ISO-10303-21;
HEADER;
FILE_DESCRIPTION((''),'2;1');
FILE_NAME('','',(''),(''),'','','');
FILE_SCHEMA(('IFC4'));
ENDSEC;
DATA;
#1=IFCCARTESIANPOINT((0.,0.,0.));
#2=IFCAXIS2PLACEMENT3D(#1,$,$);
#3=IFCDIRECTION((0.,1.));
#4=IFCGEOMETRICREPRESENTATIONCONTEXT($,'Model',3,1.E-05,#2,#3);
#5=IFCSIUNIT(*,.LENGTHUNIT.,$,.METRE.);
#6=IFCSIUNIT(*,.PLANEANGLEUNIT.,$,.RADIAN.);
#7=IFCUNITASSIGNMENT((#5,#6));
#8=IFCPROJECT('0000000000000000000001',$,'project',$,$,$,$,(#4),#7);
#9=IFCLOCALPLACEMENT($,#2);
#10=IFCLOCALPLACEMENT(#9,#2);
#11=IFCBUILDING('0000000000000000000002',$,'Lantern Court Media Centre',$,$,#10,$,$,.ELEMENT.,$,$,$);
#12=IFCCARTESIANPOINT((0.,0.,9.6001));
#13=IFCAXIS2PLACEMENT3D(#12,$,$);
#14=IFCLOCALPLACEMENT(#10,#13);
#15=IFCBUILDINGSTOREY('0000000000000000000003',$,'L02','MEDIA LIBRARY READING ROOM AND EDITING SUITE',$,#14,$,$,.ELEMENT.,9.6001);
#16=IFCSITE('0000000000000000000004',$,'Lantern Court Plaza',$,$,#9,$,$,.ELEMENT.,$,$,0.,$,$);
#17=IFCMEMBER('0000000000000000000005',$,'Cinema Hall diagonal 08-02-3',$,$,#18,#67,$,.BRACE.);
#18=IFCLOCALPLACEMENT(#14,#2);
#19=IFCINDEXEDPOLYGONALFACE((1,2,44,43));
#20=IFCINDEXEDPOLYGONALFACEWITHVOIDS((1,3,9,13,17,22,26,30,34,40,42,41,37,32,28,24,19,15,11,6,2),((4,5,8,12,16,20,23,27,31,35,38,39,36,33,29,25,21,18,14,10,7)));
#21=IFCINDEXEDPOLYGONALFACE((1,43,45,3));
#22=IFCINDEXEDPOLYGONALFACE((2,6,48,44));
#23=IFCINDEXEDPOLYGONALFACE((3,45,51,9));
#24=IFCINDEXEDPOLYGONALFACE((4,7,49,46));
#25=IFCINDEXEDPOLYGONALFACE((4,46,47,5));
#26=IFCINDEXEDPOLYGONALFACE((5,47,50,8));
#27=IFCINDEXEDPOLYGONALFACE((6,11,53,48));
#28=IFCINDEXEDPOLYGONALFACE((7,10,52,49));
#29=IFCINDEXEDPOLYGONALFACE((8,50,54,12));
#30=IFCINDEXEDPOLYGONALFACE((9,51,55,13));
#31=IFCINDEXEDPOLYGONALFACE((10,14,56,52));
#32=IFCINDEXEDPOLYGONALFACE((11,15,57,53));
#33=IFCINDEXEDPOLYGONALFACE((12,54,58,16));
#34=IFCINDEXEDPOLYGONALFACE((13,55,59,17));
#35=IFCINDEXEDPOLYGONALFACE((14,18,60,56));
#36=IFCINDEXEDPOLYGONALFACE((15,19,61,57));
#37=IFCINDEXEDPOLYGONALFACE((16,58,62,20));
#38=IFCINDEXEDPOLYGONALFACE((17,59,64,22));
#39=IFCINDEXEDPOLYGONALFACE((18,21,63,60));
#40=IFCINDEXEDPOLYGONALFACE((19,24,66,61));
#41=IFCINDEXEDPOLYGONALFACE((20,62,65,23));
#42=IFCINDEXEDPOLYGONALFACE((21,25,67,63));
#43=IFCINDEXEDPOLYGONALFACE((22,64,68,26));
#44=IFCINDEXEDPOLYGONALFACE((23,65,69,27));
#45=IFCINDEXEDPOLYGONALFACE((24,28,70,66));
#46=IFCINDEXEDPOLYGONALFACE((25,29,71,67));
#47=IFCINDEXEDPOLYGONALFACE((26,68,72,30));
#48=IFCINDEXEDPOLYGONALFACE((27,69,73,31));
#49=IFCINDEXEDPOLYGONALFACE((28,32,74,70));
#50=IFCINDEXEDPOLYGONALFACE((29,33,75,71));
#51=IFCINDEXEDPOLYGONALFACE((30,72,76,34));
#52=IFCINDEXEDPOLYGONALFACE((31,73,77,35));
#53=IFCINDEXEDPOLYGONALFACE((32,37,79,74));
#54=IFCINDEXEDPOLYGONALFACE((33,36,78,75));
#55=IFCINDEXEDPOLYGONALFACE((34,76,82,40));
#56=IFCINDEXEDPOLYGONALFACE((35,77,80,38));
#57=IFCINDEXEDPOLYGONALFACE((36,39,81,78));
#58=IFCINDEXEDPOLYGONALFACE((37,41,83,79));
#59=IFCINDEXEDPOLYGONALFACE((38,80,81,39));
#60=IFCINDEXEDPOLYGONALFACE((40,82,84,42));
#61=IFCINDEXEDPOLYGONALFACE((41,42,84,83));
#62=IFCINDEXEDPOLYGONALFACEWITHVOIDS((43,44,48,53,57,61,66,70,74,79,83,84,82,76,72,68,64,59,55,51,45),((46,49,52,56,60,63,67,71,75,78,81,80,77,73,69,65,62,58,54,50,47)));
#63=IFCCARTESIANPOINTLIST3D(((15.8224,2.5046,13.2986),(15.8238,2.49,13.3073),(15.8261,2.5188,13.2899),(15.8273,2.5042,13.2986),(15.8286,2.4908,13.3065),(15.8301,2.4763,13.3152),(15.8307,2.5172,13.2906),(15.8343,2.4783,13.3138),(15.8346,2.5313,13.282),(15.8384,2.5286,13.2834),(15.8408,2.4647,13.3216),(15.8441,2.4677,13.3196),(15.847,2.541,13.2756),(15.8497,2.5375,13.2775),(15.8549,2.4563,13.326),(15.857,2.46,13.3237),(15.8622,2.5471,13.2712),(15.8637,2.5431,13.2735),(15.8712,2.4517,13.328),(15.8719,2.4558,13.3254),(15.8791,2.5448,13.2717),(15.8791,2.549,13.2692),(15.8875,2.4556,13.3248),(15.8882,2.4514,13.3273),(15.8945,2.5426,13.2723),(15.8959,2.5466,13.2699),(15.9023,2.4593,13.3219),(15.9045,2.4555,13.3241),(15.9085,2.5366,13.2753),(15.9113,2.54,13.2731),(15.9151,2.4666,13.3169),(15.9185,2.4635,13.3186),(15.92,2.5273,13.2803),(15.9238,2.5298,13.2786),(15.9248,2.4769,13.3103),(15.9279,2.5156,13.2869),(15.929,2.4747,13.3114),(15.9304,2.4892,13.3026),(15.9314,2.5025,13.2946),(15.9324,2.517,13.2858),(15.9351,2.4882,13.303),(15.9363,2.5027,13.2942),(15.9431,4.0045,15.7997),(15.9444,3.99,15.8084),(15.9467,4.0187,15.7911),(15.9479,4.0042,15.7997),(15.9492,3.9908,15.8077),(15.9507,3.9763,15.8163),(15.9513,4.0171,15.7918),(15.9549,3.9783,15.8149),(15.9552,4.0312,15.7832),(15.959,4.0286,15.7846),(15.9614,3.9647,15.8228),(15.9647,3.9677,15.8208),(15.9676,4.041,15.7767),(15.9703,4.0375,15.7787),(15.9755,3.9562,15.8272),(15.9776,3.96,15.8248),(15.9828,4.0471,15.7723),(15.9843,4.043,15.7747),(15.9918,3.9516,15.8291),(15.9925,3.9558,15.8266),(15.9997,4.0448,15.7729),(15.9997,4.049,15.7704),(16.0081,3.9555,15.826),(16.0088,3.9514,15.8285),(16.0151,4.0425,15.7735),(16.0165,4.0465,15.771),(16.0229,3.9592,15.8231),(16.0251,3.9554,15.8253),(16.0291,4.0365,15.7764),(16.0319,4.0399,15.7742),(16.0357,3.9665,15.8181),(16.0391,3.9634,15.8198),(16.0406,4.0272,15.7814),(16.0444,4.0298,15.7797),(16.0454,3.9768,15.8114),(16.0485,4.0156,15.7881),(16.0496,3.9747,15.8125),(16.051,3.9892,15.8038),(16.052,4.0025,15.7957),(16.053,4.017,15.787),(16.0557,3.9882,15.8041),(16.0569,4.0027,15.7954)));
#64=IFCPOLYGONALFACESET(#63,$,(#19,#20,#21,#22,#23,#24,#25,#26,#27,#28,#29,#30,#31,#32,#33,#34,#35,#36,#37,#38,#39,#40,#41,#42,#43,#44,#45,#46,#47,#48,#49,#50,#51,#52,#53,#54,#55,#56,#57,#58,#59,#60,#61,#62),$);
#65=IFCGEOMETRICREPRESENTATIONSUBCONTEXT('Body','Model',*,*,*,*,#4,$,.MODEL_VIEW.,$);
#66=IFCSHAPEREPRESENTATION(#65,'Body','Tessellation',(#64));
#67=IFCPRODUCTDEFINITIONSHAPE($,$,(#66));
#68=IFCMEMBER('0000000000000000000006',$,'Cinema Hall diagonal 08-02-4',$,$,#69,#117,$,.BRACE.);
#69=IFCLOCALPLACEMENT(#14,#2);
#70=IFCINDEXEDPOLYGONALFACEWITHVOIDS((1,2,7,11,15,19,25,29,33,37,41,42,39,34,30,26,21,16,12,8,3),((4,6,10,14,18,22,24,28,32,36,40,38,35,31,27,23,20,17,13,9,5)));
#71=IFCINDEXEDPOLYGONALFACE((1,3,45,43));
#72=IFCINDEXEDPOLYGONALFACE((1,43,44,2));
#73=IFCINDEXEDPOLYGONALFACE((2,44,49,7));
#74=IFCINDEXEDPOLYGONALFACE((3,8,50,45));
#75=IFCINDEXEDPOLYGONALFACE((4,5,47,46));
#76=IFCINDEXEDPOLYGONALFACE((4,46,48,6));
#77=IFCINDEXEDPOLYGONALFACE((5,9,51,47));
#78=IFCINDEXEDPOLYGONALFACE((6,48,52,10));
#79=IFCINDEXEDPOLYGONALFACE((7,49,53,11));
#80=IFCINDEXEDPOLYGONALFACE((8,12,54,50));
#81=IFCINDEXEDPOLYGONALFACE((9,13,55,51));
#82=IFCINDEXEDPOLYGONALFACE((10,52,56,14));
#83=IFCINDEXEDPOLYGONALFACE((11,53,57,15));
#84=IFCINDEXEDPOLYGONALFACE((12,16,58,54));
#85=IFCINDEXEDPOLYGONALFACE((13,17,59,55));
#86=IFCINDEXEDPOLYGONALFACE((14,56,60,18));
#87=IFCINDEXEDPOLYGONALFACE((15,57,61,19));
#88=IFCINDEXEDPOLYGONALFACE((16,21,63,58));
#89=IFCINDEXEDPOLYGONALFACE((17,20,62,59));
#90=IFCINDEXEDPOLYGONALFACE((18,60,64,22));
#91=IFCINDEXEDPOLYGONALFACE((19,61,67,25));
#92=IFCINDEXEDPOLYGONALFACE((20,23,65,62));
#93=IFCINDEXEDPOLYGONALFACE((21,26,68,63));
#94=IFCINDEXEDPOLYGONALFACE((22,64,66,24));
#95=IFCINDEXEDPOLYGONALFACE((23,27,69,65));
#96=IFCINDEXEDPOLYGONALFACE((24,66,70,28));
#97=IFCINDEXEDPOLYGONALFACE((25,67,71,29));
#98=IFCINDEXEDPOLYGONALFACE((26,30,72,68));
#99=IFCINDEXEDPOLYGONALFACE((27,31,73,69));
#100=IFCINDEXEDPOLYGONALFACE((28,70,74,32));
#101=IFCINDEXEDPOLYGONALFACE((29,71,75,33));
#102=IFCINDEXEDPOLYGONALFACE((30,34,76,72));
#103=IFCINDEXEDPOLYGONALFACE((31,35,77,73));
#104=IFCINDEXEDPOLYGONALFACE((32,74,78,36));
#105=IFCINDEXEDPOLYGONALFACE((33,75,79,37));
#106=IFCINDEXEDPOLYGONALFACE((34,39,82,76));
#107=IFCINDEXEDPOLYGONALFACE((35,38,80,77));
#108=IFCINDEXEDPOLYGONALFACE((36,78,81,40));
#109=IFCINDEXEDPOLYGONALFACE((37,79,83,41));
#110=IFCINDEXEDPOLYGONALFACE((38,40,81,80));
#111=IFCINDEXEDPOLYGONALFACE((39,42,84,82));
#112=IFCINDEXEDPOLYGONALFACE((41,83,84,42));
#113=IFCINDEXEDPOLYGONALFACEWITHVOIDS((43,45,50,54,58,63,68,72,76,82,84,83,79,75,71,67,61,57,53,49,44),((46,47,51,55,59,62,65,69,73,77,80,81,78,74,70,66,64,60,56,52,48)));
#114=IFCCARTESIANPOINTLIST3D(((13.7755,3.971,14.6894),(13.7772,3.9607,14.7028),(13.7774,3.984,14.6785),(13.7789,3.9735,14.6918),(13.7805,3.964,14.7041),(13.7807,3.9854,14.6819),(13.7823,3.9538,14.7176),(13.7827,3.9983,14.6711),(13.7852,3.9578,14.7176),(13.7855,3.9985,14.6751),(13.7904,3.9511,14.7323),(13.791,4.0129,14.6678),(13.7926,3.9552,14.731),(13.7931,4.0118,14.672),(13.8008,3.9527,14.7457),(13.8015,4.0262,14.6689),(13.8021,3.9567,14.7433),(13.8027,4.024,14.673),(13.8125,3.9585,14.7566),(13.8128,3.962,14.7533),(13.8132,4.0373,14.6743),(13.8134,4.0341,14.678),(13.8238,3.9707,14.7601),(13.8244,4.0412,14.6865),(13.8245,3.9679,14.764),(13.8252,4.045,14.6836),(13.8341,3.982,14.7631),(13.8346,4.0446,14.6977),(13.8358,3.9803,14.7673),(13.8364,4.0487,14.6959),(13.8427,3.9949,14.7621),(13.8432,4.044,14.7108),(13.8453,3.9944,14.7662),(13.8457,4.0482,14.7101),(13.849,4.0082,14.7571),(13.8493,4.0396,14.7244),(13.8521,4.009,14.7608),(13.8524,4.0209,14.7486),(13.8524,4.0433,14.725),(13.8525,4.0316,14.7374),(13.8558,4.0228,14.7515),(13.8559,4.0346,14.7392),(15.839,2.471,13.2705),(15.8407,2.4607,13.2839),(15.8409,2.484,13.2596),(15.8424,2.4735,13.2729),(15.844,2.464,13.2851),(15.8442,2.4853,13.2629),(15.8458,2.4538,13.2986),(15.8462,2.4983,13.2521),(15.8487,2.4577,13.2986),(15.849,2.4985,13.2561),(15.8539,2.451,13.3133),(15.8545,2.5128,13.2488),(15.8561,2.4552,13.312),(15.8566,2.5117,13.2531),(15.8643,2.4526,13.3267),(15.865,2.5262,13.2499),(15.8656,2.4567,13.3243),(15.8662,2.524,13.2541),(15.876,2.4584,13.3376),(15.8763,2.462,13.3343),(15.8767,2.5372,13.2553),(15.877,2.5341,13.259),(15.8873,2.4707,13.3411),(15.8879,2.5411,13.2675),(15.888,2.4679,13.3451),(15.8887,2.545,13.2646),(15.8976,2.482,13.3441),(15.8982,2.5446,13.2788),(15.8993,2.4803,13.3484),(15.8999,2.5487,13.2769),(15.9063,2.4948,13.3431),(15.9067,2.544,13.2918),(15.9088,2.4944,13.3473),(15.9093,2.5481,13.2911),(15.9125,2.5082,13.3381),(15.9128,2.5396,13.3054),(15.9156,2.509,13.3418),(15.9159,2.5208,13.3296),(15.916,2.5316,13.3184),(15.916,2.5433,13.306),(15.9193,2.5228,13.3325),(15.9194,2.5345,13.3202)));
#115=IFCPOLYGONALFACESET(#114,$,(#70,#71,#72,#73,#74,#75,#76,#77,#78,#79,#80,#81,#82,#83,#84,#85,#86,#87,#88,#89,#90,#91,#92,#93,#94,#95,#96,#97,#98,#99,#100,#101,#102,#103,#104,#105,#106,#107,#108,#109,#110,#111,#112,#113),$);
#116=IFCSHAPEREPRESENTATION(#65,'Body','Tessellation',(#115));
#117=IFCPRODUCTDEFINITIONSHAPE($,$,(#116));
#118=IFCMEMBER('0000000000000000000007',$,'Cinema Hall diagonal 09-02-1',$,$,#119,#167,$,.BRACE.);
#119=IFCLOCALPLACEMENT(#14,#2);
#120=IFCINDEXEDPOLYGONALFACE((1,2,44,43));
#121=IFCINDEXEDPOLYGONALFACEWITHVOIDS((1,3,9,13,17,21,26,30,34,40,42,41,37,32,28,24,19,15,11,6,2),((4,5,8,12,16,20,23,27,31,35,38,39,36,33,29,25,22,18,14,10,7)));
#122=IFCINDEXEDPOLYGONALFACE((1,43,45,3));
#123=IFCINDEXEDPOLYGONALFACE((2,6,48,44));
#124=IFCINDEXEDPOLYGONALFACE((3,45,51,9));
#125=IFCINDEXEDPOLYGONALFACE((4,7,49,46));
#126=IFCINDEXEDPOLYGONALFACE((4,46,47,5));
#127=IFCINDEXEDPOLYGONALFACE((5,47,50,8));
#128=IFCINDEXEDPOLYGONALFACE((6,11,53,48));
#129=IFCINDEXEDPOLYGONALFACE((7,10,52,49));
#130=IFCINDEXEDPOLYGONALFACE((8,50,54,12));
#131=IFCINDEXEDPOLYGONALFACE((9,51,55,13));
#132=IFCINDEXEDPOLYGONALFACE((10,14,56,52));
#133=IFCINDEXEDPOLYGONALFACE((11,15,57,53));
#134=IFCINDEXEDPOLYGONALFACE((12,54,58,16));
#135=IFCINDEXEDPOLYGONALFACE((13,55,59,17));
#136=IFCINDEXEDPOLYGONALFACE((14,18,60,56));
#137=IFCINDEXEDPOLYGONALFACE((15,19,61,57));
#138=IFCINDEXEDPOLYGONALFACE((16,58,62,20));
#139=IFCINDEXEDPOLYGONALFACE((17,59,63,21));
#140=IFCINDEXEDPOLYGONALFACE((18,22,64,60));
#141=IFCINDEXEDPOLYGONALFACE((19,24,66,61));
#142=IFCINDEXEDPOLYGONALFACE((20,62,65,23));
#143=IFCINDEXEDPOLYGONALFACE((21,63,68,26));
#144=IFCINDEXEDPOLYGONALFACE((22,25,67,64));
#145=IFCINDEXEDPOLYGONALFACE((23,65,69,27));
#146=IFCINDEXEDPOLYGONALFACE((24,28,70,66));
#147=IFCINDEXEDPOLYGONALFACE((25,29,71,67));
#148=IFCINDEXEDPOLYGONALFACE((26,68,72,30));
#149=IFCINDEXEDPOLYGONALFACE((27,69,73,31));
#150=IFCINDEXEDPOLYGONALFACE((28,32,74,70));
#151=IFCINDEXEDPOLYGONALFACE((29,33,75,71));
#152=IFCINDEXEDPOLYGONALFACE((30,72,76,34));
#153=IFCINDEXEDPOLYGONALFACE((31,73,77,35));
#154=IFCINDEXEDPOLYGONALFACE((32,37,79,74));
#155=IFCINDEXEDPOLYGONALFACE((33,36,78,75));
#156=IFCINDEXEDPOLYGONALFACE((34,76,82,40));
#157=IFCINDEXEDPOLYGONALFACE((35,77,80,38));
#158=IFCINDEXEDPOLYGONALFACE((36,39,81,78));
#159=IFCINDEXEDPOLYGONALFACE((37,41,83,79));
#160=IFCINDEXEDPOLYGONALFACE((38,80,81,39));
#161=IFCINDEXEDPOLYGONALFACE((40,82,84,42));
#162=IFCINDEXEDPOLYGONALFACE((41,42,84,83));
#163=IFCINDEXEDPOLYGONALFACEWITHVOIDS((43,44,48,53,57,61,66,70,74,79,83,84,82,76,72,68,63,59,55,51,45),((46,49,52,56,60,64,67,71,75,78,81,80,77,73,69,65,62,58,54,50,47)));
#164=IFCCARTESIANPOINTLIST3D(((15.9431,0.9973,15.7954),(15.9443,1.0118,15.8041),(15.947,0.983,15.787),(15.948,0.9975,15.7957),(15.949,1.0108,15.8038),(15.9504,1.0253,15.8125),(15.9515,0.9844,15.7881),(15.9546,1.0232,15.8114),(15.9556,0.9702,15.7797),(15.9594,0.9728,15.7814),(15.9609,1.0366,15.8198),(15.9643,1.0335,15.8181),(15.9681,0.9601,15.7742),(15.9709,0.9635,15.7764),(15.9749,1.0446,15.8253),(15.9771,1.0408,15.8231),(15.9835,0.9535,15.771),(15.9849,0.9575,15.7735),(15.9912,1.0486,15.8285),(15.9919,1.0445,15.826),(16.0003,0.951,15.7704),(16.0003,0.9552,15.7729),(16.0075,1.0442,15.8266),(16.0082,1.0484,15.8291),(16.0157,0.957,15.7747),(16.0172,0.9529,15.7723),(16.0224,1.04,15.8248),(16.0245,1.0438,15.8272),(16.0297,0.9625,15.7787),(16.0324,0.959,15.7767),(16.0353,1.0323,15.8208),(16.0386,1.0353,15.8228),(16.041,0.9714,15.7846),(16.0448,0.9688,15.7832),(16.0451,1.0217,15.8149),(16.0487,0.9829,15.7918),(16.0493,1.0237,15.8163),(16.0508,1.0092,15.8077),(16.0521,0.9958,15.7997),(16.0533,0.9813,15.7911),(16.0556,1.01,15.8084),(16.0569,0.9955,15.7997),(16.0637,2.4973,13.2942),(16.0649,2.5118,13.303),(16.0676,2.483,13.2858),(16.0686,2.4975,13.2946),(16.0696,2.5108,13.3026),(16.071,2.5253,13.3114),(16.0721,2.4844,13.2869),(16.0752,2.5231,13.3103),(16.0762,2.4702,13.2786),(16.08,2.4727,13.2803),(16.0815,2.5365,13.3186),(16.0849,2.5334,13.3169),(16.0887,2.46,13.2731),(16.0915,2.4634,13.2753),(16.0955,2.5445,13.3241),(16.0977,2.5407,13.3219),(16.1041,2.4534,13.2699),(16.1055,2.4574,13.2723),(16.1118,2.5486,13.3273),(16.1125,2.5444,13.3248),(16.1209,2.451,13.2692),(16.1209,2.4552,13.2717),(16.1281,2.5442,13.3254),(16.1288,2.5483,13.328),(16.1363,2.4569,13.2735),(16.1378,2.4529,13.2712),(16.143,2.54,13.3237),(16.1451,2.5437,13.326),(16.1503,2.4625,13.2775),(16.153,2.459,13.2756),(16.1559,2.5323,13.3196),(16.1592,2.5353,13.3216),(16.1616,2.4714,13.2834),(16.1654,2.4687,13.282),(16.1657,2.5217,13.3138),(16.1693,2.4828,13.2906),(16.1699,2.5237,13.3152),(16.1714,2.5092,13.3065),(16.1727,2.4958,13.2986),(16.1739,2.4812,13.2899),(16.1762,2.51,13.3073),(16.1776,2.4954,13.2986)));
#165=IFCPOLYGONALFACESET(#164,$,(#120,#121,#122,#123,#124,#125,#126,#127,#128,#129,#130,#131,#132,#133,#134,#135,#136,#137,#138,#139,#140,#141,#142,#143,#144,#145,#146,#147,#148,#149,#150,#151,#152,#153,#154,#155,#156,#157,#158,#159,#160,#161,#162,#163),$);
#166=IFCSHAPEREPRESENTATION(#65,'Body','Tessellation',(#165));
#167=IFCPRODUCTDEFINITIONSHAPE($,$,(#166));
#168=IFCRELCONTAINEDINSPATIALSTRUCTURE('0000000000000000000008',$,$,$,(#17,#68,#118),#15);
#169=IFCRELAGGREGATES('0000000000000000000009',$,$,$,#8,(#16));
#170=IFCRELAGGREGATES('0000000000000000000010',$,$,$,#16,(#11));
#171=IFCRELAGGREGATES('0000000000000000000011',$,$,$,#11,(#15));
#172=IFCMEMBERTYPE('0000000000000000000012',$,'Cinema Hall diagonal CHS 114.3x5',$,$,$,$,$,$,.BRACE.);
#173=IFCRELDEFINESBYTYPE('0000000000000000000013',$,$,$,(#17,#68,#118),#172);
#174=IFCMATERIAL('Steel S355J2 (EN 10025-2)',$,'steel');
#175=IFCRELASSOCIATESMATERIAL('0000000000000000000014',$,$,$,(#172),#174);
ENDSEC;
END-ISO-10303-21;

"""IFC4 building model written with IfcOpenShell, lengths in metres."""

from ifc_helpers import new_model, si_unit, direction, frame, origin, origin_2d, place, context, subcontext, project, spatial, hollow_circle, extrude, material, material_profile, profile_set, type_object, element, save


model = new_model("IFC4")

# Units and contexts
model_context = context("Model", 3, precision=1e-05, world=origin(), true_north=direction((0.0, 1.0)))
body_context = subcontext(model_context, "Body", "Model", "MODEL_VIEW")
ifc_project = project(units=[si_unit("LENGTHUNIT", "METRE"), si_unit("PLANEANGLEUNIT", "RADIAN")], contexts=[model_context])

# Site, building, storey
site_placement = place(None, origin())
site = spatial("IfcSite", under=ifc_project, at=site_placement, Name="Lantern Court Plaza", CompositionType="ELEMENT", RefElevation=0.0)
building_placement = place(site_placement, origin())
building = spatial("IfcBuilding", under=site, at=building_placement, Name="Lantern Court Media Centre", CompositionType="ELEMENT")
storey_placement = place(building_placement, frame((0.0, 0.0, 9.6001)))
storey = spatial("IfcBuildingStorey", under=building, at=storey_placement, Name="L02", Description="MEDIA LIBRARY READING ROOM AND EDITING SUITE", CompositionType="ELEMENT", Elevation=9.6001)

# Members
ifc_material = material(Name="Steel S355J2 (EN 10025-2)", Category="steel")
ifc_material_profile_1 = material_profile(ifc_material, hollow_circle(Radius=0.0571, WallThickness=0.0049, at=origin_2d()), Name="Cinema Hall diagonal CHS 114.3x5")
ifc_profile_set_1 = profile_set([ifc_material_profile_1], Name="Steel S355J2 (EN 10025-2)")
member_type_1 = type_object("IfcMemberType", Name="Cinema Hall diagonal CHS 114.3x5", PredefinedType="BRACE", material=ifc_profile_set_1)
for number, where, z_axis, x_axis, name in (
    (1, (15.8794, 2.5, 13.2986), (0.041317, 0.513872, 0.856871), (-0.996783, 0.080145, 0.0), "Cinema Hall diagonal 08-02-3"),
):
    element("IfcMember", number, at=place(storey_placement, frame(where, z_axis=z_axis, x_axis=x_axis)), inside=storey, type_object=member_type_1, Name=name, PredefinedType="BRACE", context=body_context, shape_type="SweptSolid", body=[
        extrude(hollow_circle(Radius=0.0571, WallThickness=0.0049, at=origin_2d()), origin(), (0.0, 0.0, 1.0), 2.9189),
    ])
member_1_placement = place(storey_placement, frame((15.8794, 2.5, 13.2986), z_axis=(-0.70688, 0.513851, 0.486084), x_axis=(-0.58799, -0.808868, 0.0)))
element("IfcMember", 2, at=member_1_placement, inside=storey, type_object=member_type_1, Name="Cinema Hall diagonal 08-02-4", PredefinedType="BRACE", context=body_context, shape_type="SweptSolid", body=[
    extrude(hollow_circle(Radius=0.0571, WallThickness=0.0049, at=origin_2d()), origin(), (0.0, 0.0, 1.0), 2.9192),
])
member_2_placement = place(storey_placement, frame((16.1206, 2.5, 13.2986), z_axis=(-0.041317, -0.513872, 0.856871), x_axis=(0.996783, -0.080145, 0.0)))
element("IfcMember", 3, at=member_2_placement, inside=storey, type_object=member_type_1, Name="Cinema Hall diagonal 09-02-1", PredefinedType="BRACE", context=body_context, shape_type="SweptSolid", body=[
    extrude(hollow_circle(Radius=0.0571, WallThickness=0.0049, at=origin_2d()), origin(), (0.0, 0.0, 1.0), 2.9189),
])

save(model, "model.ifc")
